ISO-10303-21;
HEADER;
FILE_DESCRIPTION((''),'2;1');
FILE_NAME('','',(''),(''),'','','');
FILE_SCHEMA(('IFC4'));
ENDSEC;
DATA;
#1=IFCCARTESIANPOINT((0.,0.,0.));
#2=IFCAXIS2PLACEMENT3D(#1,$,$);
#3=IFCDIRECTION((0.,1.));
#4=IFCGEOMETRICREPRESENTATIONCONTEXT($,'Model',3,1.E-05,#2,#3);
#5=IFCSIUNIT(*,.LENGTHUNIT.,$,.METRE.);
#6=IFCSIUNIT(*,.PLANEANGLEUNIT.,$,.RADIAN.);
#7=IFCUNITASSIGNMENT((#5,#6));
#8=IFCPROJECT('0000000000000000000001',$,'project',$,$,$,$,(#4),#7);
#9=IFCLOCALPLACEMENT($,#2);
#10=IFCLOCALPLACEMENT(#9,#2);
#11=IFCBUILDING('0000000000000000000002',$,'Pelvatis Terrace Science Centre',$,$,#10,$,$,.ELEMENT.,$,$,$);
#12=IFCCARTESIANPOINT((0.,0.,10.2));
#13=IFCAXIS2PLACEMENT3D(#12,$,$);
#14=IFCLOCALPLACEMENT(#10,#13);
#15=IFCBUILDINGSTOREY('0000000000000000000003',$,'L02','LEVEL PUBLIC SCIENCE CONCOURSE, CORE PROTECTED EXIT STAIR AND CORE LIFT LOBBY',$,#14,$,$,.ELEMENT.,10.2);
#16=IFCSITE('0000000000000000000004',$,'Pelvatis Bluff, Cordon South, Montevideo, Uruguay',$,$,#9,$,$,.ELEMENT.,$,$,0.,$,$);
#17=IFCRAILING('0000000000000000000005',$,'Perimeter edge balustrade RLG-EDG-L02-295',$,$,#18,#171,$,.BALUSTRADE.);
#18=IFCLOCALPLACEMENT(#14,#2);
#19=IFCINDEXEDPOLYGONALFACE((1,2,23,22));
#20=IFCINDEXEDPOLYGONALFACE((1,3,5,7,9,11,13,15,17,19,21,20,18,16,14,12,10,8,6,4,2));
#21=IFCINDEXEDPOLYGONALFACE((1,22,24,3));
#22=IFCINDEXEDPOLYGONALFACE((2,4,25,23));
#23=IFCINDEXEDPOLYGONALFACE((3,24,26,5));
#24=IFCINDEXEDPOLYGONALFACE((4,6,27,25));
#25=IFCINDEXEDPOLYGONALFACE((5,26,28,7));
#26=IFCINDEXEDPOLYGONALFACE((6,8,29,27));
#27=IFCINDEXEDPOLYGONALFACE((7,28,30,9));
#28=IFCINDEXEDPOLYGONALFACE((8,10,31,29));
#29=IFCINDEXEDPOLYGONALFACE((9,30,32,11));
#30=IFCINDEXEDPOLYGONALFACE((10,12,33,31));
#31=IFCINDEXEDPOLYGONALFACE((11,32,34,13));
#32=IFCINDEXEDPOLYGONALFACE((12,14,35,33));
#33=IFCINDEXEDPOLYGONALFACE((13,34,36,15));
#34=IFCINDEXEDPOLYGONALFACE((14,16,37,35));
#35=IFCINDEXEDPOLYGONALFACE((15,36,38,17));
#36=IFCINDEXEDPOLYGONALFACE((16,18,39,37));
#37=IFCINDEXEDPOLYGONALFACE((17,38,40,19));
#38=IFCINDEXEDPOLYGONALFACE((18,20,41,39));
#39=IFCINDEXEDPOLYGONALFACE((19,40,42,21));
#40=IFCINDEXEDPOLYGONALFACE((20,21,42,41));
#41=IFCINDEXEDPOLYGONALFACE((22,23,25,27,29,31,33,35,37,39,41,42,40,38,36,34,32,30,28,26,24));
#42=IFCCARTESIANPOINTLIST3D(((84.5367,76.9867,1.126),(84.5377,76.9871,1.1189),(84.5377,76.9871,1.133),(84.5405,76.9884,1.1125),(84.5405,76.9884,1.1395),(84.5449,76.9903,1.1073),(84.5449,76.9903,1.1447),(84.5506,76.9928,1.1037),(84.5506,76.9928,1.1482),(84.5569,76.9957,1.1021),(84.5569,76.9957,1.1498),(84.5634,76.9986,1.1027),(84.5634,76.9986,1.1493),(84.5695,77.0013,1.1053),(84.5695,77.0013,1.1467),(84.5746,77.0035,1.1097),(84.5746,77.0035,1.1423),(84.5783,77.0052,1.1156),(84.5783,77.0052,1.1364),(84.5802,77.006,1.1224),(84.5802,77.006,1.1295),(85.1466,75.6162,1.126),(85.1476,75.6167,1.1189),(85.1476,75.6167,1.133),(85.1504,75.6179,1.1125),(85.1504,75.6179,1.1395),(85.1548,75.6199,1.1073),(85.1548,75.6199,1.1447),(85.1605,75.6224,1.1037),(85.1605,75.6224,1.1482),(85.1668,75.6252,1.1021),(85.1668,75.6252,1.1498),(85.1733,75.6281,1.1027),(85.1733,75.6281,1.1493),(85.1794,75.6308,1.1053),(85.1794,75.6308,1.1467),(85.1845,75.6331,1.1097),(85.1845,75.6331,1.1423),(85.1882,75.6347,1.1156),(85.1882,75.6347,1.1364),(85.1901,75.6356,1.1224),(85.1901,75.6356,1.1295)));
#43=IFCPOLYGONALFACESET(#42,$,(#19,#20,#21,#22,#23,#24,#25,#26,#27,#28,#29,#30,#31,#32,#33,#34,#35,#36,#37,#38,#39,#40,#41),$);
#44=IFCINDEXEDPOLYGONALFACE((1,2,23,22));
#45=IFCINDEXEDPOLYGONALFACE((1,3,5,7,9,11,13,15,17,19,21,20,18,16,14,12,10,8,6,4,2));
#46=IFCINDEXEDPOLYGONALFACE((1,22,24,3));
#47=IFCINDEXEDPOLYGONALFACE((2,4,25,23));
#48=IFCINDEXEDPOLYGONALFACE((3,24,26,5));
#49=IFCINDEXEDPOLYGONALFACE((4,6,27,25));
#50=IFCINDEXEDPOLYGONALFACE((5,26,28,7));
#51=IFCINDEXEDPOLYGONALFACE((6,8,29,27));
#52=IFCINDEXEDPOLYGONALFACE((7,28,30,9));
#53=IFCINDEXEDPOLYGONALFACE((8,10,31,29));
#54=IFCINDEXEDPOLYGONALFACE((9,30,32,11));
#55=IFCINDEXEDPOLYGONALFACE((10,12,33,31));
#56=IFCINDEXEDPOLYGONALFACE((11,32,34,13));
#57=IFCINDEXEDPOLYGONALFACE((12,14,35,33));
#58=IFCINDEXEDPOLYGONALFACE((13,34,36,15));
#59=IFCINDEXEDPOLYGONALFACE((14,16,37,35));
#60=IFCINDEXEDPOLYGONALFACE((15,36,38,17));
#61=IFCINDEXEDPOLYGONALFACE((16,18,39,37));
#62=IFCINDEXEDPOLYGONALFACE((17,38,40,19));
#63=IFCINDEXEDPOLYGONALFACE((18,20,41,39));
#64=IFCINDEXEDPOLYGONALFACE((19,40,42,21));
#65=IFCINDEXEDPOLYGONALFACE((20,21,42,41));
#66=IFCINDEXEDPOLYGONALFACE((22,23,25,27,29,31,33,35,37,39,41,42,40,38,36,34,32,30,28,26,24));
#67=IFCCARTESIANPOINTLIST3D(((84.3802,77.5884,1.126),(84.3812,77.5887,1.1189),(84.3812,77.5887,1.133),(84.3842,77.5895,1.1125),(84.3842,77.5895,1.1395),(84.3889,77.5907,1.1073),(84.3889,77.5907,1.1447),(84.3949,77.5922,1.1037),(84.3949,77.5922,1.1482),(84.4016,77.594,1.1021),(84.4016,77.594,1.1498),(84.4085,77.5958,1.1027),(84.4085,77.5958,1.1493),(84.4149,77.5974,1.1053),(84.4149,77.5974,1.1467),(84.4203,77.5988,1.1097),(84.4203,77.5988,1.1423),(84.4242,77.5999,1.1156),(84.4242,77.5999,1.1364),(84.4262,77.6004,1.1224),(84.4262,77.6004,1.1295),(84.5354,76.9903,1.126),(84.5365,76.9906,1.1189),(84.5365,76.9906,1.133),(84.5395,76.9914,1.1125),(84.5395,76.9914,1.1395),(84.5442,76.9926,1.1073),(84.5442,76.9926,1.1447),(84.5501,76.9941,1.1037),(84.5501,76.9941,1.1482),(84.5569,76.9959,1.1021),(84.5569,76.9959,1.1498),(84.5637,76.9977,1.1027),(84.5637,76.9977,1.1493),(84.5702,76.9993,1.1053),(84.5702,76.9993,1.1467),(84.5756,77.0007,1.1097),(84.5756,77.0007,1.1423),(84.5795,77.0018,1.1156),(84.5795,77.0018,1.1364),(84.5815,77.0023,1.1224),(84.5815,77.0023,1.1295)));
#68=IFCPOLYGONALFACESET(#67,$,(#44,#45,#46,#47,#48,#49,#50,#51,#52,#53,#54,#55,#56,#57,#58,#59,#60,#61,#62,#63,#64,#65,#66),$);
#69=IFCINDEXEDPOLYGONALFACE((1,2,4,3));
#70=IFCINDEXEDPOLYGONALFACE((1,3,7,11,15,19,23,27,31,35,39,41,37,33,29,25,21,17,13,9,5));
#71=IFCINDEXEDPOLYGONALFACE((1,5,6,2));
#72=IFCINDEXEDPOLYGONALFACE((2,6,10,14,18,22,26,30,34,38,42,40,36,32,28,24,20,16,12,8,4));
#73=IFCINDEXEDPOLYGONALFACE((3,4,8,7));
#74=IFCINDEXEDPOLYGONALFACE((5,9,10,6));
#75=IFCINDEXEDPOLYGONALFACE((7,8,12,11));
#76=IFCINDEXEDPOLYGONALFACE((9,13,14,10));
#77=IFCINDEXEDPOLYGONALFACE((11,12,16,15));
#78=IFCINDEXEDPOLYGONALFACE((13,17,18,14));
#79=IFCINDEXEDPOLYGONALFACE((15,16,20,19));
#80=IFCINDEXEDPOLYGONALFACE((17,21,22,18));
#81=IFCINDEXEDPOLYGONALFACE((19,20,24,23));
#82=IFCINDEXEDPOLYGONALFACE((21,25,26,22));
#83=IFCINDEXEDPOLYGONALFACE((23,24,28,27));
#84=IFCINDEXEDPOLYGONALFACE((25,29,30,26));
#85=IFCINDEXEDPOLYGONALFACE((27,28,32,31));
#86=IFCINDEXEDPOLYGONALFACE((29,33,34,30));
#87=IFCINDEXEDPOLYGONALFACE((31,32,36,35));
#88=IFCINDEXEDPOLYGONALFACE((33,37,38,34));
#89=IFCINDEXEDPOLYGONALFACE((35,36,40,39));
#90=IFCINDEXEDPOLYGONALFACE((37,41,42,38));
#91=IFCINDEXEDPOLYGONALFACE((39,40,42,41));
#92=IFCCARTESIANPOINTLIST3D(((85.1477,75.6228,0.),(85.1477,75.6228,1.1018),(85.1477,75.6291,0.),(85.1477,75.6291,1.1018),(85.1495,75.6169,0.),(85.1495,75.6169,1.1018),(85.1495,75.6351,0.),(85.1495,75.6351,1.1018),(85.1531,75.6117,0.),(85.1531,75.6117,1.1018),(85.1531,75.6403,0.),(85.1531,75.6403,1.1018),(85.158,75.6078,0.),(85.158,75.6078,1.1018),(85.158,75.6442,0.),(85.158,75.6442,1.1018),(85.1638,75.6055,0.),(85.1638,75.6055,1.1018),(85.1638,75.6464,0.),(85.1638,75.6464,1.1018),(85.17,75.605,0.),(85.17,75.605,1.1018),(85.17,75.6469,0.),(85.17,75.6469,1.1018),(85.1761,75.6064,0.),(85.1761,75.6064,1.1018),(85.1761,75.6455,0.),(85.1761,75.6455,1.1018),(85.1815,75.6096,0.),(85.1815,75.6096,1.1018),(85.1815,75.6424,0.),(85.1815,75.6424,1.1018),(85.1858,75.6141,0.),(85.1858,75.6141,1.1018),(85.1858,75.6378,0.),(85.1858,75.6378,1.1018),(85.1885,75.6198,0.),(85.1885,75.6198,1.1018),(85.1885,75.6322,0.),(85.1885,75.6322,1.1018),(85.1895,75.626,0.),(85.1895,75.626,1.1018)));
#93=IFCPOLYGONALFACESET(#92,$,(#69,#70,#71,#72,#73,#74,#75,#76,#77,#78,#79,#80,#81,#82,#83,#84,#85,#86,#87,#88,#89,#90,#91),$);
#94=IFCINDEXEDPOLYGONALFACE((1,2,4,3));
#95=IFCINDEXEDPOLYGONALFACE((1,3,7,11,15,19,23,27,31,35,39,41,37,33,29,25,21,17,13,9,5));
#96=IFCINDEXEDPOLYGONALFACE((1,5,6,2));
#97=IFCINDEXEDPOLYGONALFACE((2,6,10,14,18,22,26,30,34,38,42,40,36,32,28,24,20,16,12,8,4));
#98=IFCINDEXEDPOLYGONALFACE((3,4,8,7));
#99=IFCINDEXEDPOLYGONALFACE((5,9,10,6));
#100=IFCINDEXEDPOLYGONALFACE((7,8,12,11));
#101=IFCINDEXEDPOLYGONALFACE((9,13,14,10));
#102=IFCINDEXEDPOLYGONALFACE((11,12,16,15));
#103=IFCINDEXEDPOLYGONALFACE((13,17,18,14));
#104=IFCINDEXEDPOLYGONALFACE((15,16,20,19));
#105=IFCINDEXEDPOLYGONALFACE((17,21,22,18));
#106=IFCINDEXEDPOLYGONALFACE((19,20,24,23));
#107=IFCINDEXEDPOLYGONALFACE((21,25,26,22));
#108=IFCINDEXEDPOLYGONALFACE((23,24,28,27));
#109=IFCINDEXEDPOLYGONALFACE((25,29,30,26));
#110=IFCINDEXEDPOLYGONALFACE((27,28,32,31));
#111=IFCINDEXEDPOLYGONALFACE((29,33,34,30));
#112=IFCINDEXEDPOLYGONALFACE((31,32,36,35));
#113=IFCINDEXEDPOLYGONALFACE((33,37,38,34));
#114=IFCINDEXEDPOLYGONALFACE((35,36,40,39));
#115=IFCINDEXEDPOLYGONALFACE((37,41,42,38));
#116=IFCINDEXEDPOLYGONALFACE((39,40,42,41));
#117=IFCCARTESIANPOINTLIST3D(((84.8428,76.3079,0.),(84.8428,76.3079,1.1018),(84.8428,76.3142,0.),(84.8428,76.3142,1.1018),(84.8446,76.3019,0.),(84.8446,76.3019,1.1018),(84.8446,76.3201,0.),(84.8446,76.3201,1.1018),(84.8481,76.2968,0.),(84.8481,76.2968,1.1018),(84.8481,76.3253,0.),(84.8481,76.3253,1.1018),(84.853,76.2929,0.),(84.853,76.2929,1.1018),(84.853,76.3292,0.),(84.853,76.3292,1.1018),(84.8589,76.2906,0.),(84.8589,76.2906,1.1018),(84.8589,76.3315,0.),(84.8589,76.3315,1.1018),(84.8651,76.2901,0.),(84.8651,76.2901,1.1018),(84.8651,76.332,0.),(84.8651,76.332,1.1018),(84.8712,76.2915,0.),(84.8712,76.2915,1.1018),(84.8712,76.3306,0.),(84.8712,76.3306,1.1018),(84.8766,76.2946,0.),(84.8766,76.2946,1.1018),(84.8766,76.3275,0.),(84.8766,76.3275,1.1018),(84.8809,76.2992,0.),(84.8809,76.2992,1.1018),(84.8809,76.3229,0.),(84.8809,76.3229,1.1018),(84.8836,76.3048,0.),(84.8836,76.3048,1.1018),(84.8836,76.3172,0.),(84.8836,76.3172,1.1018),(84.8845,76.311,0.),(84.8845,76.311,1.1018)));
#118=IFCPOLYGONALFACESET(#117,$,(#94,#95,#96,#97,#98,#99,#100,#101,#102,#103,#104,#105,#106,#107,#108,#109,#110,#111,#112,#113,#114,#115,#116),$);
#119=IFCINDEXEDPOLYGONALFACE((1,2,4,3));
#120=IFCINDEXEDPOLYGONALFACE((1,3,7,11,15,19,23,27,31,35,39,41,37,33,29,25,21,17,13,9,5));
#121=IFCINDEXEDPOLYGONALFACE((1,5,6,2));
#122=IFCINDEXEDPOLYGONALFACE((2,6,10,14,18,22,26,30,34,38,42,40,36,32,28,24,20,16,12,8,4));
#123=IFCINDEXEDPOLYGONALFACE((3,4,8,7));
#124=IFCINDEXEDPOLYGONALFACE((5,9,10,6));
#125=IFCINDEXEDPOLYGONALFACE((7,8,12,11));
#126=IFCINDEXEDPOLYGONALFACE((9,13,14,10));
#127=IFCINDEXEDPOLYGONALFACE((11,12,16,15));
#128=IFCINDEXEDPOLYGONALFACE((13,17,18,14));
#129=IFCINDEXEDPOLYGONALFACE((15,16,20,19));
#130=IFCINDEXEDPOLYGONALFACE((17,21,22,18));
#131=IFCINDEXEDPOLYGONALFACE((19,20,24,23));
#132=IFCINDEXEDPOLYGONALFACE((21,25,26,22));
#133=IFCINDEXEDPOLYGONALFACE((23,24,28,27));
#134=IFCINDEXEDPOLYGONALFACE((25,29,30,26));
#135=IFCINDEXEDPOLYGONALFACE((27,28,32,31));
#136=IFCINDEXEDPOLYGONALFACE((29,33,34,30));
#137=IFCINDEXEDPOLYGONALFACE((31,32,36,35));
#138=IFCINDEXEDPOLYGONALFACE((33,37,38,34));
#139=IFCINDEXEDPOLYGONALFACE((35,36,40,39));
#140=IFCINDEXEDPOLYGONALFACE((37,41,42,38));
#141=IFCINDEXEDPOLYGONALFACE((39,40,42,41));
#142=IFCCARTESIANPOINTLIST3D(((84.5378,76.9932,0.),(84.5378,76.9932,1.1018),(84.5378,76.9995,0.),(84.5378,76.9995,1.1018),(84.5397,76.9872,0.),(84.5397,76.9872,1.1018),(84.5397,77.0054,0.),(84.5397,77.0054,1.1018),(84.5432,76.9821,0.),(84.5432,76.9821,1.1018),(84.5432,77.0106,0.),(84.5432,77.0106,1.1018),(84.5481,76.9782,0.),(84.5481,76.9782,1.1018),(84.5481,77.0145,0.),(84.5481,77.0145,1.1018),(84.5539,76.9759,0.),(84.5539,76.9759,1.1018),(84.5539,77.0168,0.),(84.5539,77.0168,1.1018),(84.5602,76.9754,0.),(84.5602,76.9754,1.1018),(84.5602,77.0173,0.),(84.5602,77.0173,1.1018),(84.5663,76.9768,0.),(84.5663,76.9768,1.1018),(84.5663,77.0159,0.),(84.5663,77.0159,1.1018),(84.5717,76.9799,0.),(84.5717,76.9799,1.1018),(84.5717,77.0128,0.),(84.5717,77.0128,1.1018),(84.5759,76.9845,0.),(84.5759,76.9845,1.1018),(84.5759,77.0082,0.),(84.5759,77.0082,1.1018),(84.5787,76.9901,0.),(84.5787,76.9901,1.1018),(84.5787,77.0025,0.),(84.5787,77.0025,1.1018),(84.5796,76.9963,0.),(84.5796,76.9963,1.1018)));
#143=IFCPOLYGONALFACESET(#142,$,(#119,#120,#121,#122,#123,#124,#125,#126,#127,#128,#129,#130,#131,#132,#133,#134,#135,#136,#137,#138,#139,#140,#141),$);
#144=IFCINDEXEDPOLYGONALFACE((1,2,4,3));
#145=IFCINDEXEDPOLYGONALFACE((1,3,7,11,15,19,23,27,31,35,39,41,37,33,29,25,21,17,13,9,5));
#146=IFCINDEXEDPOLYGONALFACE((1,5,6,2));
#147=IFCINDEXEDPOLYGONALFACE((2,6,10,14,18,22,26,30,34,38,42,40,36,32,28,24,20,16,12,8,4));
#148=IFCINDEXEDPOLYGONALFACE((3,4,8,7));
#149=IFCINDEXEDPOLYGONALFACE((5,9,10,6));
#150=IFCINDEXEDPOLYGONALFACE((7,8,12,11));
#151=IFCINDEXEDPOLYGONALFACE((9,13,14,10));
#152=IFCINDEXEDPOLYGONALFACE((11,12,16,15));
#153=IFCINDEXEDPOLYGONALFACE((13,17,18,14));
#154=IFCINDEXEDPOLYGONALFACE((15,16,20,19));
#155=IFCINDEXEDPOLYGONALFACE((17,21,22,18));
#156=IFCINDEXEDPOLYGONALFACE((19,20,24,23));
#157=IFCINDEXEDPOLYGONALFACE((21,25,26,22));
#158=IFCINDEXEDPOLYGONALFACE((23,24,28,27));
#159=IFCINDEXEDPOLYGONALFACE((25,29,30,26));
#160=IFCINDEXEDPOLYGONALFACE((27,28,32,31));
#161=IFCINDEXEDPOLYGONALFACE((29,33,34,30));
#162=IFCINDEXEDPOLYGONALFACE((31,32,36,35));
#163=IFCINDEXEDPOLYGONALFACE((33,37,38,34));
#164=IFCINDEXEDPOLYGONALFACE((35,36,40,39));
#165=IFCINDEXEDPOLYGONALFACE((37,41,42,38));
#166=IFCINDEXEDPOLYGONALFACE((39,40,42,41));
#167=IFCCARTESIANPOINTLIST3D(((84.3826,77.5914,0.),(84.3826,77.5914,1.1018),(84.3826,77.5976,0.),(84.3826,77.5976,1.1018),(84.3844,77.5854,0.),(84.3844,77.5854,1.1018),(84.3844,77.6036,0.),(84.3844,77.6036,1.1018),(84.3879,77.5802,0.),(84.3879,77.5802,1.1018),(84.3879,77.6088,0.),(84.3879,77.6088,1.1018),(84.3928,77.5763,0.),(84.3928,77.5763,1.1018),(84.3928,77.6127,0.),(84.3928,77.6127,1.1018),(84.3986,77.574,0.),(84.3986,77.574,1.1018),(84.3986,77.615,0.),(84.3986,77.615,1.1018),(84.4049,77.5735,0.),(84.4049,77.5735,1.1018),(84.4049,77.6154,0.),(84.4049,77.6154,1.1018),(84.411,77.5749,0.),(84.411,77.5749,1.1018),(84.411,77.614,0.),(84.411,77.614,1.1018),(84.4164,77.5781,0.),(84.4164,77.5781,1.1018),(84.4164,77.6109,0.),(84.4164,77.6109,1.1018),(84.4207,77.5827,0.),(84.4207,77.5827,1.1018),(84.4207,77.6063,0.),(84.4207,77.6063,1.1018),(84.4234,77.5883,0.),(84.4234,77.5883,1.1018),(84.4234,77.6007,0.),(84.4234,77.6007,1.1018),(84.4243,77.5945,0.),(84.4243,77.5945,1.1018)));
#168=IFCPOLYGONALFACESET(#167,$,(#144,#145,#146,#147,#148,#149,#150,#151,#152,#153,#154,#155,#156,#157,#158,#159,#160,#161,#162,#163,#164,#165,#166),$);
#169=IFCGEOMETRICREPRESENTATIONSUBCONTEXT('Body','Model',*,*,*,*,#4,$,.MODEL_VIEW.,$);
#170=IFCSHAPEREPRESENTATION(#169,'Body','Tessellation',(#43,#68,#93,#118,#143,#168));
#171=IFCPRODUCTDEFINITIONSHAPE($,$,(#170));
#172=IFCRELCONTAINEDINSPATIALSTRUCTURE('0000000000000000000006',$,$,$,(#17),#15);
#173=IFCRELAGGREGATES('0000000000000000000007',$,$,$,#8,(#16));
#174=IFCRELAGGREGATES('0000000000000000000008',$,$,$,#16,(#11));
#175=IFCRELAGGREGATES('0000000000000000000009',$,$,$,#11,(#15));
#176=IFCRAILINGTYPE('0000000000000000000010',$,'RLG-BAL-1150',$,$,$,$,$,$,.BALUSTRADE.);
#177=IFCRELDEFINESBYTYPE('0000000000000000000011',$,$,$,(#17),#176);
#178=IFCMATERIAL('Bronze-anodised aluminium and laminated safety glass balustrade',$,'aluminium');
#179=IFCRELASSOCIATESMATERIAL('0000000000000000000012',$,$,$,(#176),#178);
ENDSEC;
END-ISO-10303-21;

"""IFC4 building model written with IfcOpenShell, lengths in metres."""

from ifc_helpers import new_model, si_unit, direction, frame, origin, origin_2d, place, context, subcontext, project, spatial, circle, extrude, material, type_object, element, save


model = new_model("IFC4")

# Units and contexts
model_context = context("Model", 3, precision=1e-05, world=origin(), true_north=direction((0.0, 1.0)))
body_context = subcontext(model_context, "Body", "Model", "MODEL_VIEW")
ifc_project = project(units=[si_unit("LENGTHUNIT", "METRE"), si_unit("PLANEANGLEUNIT", "RADIAN")], contexts=[model_context])

# Site, building, storey
site_placement = place(None, origin())
site = spatial("IfcSite", under=ifc_project, at=site_placement, Name="Pelvatis Bluff, Cordon South, Montevideo, Uruguay", CompositionType="ELEMENT", RefElevation=0.0)
building_placement = place(site_placement, origin())
building = spatial("IfcBuilding", under=site, at=building_placement, Name="Pelvatis Terrace Science Centre", CompositionType="ELEMENT")
storey_placement = place(building_placement, frame((0.0, 0.0, 10.2)))
storey = spatial("IfcBuildingStorey", under=building, at=storey_placement, Name="L02", Description="LEVEL PUBLIC SCIENCE CONCOURSE, CORE PROTECTED EXIT STAIR AND CORE LIFT LOBBY", CompositionType="ELEMENT", Elevation=10.2)

# Railing
ifc_material_1 = material(Name="Bronze-anodised aluminium and laminated safety glass balustrade", Category="aluminium")
railing_type = type_object("IfcRailingType", Name="RLG-BAL-1150", PredefinedType="BALUSTRADE", material=ifc_material_1)
railing_placement = place(storey_placement, frame((85.1685, 75.626, 0.0)))
element("IfcRailing", 1, at=railing_placement, inside=storey, type_object=railing_type, Name="Perimeter edge balustrade RLG-EDG-L02-295", PredefinedType="BALUSTRADE", context=body_context, shape_type="SweptSolid", body=[
    extrude(circle(Radius=0.0239, at=origin_2d()), frame((0.0, 0.0, 1.126), z_axis=(-0.406591, 0.91361, 0.0), x_axis=(-0.91361, -0.406591, 0.0)), (0.0, 0.0, 1.0), 1.5),
    extrude(circle(Radius=0.0239, at=origin_2d()), frame((-0.6099, 1.3704, 1.126), z_axis=(-0.251264, 0.967919, 0.0), x_axis=(-0.967919, -0.251264, 0.0)), (0.0, 0.0, 1.0), 0.6179),
    extrude(circle(Radius=0.021, at=origin_2d()), origin(), (0.0, 0.0, 1.0), 1.1018),
    extrude(circle(Radius=0.021, at=origin_2d()), frame((-0.3049, 0.6851, 0.0)), (0.0, 0.0, 1.0), 1.1018),
    extrude(circle(Radius=0.021, at=origin_2d()), frame((-0.6099, 1.3704, 0.0)), (0.0, 0.0, 1.0), 1.1018),
    extrude(circle(Radius=0.021, at=origin_2d()), frame((-0.7651, 1.9685, 0.0)), (0.0, 0.0, 1.0), 1.1018),
])

save(model, "model.ifc")
